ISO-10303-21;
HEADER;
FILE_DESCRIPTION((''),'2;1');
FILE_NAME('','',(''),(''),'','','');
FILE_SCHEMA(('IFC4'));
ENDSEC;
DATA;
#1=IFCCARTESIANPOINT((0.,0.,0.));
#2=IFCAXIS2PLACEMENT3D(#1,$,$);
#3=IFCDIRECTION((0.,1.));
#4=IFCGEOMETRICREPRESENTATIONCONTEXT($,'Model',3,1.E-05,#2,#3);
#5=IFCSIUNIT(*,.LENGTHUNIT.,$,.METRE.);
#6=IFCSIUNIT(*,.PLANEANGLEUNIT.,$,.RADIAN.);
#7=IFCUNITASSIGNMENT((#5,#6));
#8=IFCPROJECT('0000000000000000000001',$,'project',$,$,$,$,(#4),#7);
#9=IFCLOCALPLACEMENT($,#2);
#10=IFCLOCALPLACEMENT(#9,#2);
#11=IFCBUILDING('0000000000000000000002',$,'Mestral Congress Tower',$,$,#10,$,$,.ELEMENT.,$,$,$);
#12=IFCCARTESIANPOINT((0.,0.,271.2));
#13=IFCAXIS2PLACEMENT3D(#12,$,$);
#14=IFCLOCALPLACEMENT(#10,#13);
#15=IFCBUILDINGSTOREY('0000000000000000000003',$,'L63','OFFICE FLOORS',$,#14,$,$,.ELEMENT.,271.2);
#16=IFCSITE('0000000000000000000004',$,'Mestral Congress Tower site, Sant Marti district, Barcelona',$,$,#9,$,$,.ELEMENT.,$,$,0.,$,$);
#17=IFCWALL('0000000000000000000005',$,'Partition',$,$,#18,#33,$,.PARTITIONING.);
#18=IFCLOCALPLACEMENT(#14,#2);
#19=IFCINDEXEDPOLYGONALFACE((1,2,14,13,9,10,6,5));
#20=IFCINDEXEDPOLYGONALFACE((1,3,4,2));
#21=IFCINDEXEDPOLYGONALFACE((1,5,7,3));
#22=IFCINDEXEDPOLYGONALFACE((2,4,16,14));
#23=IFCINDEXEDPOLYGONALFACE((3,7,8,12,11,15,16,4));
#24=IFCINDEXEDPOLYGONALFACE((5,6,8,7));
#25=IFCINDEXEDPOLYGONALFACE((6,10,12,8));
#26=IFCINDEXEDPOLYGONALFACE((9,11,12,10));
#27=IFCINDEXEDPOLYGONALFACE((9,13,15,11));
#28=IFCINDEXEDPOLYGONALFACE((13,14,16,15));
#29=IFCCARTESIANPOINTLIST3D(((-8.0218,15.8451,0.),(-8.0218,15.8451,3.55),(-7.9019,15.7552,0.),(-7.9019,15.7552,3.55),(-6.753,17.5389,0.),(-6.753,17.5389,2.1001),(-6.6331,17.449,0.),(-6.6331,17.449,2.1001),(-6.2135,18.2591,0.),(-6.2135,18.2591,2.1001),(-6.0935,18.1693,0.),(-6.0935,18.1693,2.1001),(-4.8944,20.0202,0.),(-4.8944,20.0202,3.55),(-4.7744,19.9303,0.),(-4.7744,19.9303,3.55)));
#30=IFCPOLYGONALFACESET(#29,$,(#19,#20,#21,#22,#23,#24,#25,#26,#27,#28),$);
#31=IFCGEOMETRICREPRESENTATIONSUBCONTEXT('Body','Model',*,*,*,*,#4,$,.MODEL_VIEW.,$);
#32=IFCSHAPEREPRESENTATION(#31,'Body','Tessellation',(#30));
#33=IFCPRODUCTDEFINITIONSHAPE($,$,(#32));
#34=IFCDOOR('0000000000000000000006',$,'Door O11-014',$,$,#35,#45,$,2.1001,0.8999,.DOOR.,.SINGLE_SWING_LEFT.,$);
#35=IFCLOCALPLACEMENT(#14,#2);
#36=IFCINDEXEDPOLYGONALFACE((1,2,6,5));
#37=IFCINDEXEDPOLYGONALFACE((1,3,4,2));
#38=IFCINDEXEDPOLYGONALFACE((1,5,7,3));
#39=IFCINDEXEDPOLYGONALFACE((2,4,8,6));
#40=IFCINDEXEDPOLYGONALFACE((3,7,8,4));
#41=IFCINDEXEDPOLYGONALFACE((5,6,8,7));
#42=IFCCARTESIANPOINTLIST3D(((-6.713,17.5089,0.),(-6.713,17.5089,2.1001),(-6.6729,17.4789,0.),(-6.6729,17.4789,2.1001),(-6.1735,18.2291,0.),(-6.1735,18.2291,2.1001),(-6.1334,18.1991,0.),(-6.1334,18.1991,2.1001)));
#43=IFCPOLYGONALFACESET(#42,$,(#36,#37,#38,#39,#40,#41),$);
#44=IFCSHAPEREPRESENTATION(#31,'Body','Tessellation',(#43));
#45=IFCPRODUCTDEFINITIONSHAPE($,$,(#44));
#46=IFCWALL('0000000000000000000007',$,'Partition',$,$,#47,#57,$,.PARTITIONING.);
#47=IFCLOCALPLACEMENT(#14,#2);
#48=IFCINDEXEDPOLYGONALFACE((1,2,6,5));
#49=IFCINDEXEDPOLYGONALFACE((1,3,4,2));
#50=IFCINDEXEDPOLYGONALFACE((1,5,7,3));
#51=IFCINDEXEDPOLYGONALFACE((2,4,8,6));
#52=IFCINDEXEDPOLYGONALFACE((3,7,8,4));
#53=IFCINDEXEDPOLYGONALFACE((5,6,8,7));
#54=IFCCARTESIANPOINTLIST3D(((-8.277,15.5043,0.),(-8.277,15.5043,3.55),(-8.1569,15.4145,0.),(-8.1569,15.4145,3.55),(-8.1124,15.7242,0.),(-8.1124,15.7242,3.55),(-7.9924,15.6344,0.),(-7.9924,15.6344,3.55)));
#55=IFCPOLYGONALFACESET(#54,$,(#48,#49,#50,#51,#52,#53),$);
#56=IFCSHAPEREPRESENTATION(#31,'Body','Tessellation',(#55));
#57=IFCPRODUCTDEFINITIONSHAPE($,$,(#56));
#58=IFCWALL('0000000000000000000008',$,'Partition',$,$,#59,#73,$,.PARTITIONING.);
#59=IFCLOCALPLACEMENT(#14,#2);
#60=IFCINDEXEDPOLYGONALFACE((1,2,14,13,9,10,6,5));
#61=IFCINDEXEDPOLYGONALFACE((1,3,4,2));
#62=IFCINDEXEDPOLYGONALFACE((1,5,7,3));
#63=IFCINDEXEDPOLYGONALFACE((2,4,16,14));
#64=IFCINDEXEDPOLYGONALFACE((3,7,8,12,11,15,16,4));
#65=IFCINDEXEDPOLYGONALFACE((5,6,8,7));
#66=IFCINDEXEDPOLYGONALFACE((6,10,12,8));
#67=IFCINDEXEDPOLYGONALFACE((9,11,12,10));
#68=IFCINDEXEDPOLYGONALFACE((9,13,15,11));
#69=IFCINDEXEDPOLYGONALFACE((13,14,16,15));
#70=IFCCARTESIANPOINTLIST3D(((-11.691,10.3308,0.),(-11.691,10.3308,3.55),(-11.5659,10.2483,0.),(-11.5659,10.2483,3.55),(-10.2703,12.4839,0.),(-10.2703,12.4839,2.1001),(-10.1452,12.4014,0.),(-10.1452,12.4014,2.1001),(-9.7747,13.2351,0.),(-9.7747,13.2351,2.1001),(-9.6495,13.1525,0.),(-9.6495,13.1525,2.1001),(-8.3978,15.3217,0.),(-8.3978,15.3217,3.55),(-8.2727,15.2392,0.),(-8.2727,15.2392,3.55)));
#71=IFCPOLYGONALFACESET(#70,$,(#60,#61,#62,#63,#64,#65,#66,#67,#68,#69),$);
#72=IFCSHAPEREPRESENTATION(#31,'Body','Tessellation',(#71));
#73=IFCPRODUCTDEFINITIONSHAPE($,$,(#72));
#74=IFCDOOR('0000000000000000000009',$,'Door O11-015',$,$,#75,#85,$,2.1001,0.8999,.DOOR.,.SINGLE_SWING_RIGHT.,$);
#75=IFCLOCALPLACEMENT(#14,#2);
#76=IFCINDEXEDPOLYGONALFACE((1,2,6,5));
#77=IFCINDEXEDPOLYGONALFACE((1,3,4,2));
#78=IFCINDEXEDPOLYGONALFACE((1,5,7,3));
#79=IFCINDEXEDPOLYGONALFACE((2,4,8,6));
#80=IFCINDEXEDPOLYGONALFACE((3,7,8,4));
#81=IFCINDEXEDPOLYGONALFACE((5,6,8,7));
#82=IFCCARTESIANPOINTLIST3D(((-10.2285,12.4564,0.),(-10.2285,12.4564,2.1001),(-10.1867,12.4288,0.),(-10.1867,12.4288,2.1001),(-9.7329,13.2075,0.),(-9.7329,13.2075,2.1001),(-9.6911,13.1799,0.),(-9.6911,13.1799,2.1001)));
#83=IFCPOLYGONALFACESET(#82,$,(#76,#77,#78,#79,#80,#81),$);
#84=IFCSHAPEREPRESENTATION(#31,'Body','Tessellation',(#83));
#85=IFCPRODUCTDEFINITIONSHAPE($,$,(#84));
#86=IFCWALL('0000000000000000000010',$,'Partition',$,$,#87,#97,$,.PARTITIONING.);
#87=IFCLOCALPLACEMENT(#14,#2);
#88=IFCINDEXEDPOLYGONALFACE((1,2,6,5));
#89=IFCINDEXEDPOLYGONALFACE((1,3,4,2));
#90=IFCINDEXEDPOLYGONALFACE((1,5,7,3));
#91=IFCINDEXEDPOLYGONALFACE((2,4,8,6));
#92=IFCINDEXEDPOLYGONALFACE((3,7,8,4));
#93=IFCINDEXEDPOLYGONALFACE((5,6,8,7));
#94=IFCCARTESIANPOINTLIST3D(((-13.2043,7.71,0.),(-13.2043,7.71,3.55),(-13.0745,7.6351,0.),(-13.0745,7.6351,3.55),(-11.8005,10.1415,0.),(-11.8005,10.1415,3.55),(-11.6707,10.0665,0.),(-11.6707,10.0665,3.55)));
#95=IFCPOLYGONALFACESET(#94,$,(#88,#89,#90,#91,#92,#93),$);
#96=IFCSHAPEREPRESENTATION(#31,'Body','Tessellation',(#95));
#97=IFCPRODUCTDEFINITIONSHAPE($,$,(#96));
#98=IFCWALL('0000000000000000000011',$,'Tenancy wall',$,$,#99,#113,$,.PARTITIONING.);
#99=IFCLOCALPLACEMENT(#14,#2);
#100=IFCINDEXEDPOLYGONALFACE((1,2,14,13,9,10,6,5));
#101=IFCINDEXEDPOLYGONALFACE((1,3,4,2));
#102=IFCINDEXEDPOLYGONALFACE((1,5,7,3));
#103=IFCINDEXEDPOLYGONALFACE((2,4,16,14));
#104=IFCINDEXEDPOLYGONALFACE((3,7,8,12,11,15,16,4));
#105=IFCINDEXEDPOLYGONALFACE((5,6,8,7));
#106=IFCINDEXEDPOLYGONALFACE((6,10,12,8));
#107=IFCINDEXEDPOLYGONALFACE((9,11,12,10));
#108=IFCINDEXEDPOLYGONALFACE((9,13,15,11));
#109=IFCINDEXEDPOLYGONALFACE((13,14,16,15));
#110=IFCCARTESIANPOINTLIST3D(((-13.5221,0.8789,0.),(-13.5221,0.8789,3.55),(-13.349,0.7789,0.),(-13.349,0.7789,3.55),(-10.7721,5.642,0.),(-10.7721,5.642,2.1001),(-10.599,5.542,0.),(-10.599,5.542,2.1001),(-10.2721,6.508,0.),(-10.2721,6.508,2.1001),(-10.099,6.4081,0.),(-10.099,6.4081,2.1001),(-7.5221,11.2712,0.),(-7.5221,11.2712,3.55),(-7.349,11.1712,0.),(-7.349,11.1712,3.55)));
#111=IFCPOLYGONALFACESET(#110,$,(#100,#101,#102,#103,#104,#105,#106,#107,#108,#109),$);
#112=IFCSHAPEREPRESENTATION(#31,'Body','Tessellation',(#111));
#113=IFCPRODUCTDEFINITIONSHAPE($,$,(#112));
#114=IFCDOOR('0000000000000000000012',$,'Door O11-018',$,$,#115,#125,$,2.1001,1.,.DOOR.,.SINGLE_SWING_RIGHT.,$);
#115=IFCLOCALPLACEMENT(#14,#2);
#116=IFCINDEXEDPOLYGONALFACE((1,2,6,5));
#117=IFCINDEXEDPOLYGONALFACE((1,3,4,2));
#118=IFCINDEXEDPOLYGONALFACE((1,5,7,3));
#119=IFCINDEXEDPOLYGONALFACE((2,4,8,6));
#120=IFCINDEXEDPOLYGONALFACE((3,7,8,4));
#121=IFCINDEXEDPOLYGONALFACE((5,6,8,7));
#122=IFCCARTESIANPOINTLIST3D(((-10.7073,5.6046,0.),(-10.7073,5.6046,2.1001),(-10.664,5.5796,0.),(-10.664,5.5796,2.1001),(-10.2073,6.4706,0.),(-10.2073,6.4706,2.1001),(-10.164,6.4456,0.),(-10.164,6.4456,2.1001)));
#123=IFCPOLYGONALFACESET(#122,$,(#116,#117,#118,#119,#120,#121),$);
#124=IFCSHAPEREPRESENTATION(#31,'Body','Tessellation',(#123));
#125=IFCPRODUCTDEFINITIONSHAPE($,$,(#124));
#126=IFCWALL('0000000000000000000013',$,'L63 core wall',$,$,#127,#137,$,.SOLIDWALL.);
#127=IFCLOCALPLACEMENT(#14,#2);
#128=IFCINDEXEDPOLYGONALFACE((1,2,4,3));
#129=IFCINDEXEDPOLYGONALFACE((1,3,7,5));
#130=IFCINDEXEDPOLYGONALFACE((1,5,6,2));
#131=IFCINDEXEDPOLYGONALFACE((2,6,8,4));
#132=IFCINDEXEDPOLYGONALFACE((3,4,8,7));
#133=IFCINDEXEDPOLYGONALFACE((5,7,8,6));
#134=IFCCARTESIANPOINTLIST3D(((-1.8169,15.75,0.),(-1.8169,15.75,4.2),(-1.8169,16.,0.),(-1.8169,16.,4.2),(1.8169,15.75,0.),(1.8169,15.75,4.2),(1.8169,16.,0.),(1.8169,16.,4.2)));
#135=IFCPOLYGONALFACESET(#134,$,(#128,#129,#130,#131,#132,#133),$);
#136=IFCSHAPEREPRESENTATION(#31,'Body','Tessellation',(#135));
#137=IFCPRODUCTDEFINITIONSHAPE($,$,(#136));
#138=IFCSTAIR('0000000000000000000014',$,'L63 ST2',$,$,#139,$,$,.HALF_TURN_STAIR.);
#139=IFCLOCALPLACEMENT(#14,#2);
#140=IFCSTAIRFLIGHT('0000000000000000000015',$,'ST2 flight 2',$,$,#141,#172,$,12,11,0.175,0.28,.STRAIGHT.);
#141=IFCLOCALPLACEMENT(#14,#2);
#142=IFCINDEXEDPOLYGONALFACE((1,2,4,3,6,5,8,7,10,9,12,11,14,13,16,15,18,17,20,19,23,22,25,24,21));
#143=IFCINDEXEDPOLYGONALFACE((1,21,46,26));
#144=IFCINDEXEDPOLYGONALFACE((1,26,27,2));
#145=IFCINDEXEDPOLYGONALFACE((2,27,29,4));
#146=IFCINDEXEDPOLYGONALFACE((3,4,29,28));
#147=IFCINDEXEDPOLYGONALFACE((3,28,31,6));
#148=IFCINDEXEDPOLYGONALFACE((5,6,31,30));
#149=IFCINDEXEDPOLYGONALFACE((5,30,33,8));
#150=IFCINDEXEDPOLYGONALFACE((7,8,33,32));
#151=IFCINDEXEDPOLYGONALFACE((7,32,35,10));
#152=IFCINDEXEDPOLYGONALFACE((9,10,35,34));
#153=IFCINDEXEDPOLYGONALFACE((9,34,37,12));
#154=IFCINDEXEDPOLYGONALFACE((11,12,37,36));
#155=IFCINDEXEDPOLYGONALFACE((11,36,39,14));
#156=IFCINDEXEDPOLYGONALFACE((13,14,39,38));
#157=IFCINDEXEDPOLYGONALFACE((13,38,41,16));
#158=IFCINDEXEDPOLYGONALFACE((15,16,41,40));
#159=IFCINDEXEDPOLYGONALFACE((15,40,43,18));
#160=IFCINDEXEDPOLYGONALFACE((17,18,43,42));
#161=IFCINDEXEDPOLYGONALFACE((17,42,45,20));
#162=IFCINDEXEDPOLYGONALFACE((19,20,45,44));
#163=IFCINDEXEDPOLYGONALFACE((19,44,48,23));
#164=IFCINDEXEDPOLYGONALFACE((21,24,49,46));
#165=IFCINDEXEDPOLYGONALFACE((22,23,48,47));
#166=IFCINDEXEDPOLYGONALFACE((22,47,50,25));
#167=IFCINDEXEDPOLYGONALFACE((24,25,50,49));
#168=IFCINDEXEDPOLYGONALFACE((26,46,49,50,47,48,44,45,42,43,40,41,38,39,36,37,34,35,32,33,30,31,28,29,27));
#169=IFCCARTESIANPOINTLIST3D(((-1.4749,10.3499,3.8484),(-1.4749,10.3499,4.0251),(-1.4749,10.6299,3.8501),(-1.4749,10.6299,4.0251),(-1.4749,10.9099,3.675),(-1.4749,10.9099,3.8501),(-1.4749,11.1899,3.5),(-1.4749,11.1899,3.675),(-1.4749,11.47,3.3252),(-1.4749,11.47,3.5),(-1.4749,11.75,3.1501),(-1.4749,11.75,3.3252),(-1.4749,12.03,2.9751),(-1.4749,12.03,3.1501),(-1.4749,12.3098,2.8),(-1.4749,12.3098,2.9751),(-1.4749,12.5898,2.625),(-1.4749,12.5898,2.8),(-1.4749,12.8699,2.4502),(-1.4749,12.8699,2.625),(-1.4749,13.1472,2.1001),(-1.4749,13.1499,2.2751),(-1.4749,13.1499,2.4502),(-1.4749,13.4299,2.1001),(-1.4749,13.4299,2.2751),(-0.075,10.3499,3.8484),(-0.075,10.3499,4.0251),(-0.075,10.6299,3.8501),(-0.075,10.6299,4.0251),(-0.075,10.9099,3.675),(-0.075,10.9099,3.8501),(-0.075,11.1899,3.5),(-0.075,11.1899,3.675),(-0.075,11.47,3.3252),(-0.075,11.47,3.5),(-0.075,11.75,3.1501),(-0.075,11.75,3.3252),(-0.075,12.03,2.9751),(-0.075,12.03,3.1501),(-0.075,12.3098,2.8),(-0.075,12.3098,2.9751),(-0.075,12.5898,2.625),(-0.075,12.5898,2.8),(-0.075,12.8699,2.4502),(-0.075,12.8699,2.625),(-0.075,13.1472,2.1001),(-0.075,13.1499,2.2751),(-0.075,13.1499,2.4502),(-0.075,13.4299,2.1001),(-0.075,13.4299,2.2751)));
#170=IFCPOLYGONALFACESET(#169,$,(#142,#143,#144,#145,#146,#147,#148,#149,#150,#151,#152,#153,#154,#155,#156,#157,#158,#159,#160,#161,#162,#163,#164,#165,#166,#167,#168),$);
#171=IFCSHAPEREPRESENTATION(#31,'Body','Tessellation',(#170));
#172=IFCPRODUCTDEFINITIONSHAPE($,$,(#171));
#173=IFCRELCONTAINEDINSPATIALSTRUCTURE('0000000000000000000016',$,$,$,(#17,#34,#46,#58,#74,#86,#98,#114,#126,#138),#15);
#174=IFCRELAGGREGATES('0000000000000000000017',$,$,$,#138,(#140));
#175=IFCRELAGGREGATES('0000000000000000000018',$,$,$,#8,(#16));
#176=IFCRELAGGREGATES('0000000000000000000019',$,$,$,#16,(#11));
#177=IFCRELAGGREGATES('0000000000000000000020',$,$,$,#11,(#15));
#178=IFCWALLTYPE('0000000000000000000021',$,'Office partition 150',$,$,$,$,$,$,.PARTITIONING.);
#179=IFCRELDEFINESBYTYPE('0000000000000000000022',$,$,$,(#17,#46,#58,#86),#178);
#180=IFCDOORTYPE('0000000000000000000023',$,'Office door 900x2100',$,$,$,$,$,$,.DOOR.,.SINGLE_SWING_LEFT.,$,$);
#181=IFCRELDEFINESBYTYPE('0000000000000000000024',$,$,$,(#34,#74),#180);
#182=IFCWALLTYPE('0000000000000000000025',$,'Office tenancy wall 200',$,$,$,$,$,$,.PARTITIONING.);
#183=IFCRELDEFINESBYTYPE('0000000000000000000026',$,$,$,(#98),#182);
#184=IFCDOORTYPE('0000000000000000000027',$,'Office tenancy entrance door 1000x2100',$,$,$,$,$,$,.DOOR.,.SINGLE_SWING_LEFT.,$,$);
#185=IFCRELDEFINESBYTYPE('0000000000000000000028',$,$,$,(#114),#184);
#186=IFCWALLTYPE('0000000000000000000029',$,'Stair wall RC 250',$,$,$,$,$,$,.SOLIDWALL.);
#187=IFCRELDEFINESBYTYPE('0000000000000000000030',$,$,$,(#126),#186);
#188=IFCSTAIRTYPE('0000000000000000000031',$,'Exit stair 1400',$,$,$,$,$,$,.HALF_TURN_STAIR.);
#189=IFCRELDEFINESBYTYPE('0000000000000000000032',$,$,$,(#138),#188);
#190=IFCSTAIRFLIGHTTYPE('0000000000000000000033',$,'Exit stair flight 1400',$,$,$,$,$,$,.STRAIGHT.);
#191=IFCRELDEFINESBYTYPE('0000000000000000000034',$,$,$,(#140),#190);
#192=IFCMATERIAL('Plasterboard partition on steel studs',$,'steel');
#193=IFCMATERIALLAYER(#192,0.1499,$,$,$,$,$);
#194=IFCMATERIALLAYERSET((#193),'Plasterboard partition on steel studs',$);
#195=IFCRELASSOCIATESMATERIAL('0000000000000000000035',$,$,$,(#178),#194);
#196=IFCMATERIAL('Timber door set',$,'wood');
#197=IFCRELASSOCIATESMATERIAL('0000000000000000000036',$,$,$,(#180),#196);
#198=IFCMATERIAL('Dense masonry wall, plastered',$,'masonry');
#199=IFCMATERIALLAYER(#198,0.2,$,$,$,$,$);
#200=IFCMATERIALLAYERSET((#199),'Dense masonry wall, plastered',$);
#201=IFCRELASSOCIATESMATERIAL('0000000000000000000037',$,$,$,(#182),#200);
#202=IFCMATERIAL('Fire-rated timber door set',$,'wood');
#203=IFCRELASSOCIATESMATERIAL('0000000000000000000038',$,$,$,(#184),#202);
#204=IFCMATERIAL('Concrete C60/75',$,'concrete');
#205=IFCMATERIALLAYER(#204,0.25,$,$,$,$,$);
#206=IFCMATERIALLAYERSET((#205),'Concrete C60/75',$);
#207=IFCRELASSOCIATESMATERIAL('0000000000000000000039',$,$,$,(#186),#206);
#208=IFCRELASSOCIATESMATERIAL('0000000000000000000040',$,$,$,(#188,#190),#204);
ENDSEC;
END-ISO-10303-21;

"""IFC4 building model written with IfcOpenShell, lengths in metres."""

from ifc_helpers import new_model, si_unit, direction, frame, frame_2d, origin, place, context, subcontext, project, spatial, polyline, rectangle, outline, extrude, material, layer, layer_set, type_object, element, fill, aggregate, save


model = new_model("IFC4")

# Units and contexts
model_context = context("Model", 3, precision=1e-05, world=origin(), true_north=direction((0.0, 1.0)))
body_context = subcontext(model_context, "Body", "Model", "MODEL_VIEW")
ifc_project = project(units=[si_unit("LENGTHUNIT", "METRE"), si_unit("PLANEANGLEUNIT", "RADIAN")], contexts=[model_context])

# Site, building, storey
site_placement = place(None, origin())
site = spatial("IfcSite", under=ifc_project, at=site_placement, Name="Mestral Congress Tower site, Sant Marti district, Barcelona", CompositionType="ELEMENT", RefElevation=0.0)
building_placement = place(site_placement, origin())
building = spatial("IfcBuilding", under=site, at=building_placement, Name="Mestral Congress Tower", CompositionType="ELEMENT")
storey_placement = place(building_placement, frame((0.0, 0.0, 271.2)))
storey = spatial("IfcBuildingStorey", under=building, at=storey_placement, Name="L63", Description="OFFICE FLOORS", CompositionType="ELEMENT", Elevation=271.2)

# Shared definitions
ifc_material_1 = material(Name="Concrete C60/75", Category="concrete")

# Shared definitions
ifc_material_2 = material(Name="Plasterboard partition on steel studs", Category="steel")
ifc_layer_1 = layer(ifc_material_2, 0.1499)
ifc_layer_set_1 = layer_set([ifc_layer_1], Name="Plasterboard partition on steel studs")
wall_type_1 = type_object("IfcWallType", Name="Office partition 150", PredefinedType="PARTITIONING", material=ifc_layer_set_1)

# Wall, opening, door
wall_1_placement = place(storey_placement, frame((-7.9619, 15.8, 0.0), z_axis=(0.0, 0.0, 1.0), x_axis=(0.599528, 0.800354, 0.0)))
wall_1 = element("IfcWall", 1, at=wall_1_placement, inside=storey, type_object=wall_type_1, Name="Partition", PredefinedType="PARTITIONING", context=body_context, shape_type="SweptSolid", body=[
    extrude(rectangle(XDim=5.2166, YDim=0.1499, at=frame_2d((2.6084, 0.0))), origin(), (0.0, 0.0, 1.0), 3.55),
])
opening_1_placement = place(wall_1_placement, frame((2.1165, 0.0, 0.0)))
opening_1 = element("IfcOpeningElement", 2, at=opening_1_placement, cuts=wall_1, PredefinedType="OPENING", context=body_context, shape_type="SweptSolid", body=[
    extrude(rectangle(XDim=0.8999, YDim=2.1001, at=frame_2d((0.45, 1.05))), frame((0.0, 0.085, 0.0), z_axis=(0.0, -1.0, 0.0), x_axis=(1.0, 0.0, 0.0)), (0.0, 0.0, 1.0), 0.1699),
])
ifc_material_3 = material(Name="Timber door set", Category="wood")
door_type_1 = type_object("IfcDoorType", Name="Office door 900x2100", OperationType="SINGLE_SWING_LEFT", PredefinedType="DOOR", material=ifc_material_3)
door_1_placement = place(opening_1_placement, origin())
door_1 = element("IfcDoor", 3, at=door_1_placement, inside=storey, type_object=door_type_1, Name="Door O11-014", OperationType="SINGLE_SWING_LEFT", OverallHeight=2.1001, OverallWidth=0.8999, PredefinedType="DOOR", context=body_context, shape_type="SweptSolid", body=[
    extrude(rectangle(XDim=0.8999, YDim=2.1001, at=frame_2d((0.45, 1.05))), frame((0.0, 0.0249, 0.0), z_axis=(0.0, -1.0, 0.0), x_axis=(1.0, 0.0, 0.0)), (0.0, 0.0, 1.0), 0.05),
])
fill(opening_1, door_1)

# Wall
wall_2_placement = place(storey_placement, frame((-8.0525, 15.6792, 0.0), z_axis=(0.0, 0.0, 1.0), x_axis=(-0.599004, -0.800746, 0.0)))
element("IfcWall", 4, at=wall_2_placement, inside=storey, type_object=wall_type_1, Name="Partition", PredefinedType="PARTITIONING", context=body_context, shape_type="SweptSolid", body=[
    extrude(rectangle(XDim=0.2747, YDim=0.1499, at=frame_2d((0.1372, 0.0))), origin(), (0.0, 0.0, 1.0), 3.55),
])

# Wall, opening, door
wall_3_placement = place(storey_placement, frame((-11.6284, 10.2896, 0.0), z_axis=(0.0, 0.0, 1.0), x_axis=(0.550746, 0.834673, 0.0)))
wall_3 = element("IfcWall", 5, at=wall_3_placement, inside=storey, type_object=wall_type_1, Name="Partition", PredefinedType="PARTITIONING", context=body_context, shape_type="SweptSolid", body=[
    extrude(rectangle(XDim=5.9795, YDim=0.1499, at=frame_2d((2.9897, 0.0))), origin(), (0.0, 0.0, 1.0), 3.55),
])
opening_2_placement = place(wall_3_placement, frame((2.5796, 0.0, 0.0)))
opening_2 = element("IfcOpeningElement", 6, at=opening_2_placement, cuts=wall_3, PredefinedType="OPENING", context=body_context, shape_type="SweptSolid", body=[
    extrude(rectangle(XDim=0.8999, YDim=2.1001, at=frame_2d((0.45, 1.05))), frame((0.0, 0.085, 0.0), z_axis=(0.0, -1.0, 0.0), x_axis=(1.0, 0.0, 0.0)), (0.0, 0.0, 1.0), 0.1699),
])
door_2_placement = place(opening_2_placement, origin())
door_2 = element("IfcDoor", 7, at=door_2_placement, inside=storey, type_object=door_type_1, Name="Door O11-015", OperationType="SINGLE_SWING_RIGHT", OverallHeight=2.1001, OverallWidth=0.8999, PredefinedType="DOOR", context=body_context, shape_type="SweptSolid", body=[
    extrude(rectangle(XDim=0.8999, YDim=2.1001, at=frame_2d((0.45, 1.05))), frame((0.0, 0.0249, 0.0), z_axis=(0.0, -1.0, 0.0), x_axis=(1.0, 0.0, 0.0)), (0.0, 0.0, 1.0), 0.05),
])
fill(opening_2, door_2)

# Wall
wall_4_placement = place(storey_placement, frame((-11.7356, 10.104, 0.0), z_axis=(0.0, 0.0, 1.0), x_axis=(-0.500011, -0.866019, 0.0)))
element("IfcWall", 8, at=wall_4_placement, inside=storey, type_object=wall_type_1, Name="Partition", PredefinedType="PARTITIONING", context=body_context, shape_type="SweptSolid", body=[
    extrude(rectangle(XDim=2.8076, YDim=0.1499, at=frame_2d((1.4038, 0.0))), origin(), (0.0, 0.0, 1.0), 3.55),
])

# Wall, opening, door
ifc_material_4 = material(Name="Dense masonry wall, plastered", Category="masonry")
ifc_layer_2 = layer(ifc_material_4, 0.2)
ifc_layer_set_2 = layer_set([ifc_layer_2], Name="Dense masonry wall, plastered")
wall_type_2 = type_object("IfcWallType", Name="Office tenancy wall 200", PredefinedType="PARTITIONING", material=ifc_layer_set_2)
wall_5_placement = place(storey_placement, frame((-7.4355, 11.2212, 0.0), z_axis=(0.0, 0.0, 1.0), x_axis=(-0.499999, -0.866026, 0.0)))
wall_5 = element("IfcWall", 9, at=wall_5_placement, inside=storey, type_object=wall_type_2, Name="Tenancy wall", PredefinedType="PARTITIONING", context=body_context, shape_type="SweptSolid", body=[
    extrude(rectangle(XDim=12.0, YDim=0.2, at=frame_2d((6.0, 0.0))), origin(), (0.0, 0.0, 1.0), 3.55),
])
opening_3_placement = place(wall_5_placement, frame((5.5, 0.0, 0.0)))
opening_3 = element("IfcOpeningElement", 10, at=opening_3_placement, cuts=wall_5, PredefinedType="OPENING", context=body_context, shape_type="SweptSolid", body=[
    extrude(rectangle(XDim=1.0, YDim=2.1001, at=frame_2d((0.5, 1.05))), frame((0.0, 0.1099, 0.0), z_axis=(0.0, -1.0, 0.0), x_axis=(1.0, 0.0, 0.0)), (0.0, 0.0, 1.0), 0.22),
])
ifc_material_5 = material(Name="Fire-rated timber door set", Category="wood")
door_type_2 = type_object("IfcDoorType", Name="Office tenancy entrance door 1000x2100", OperationType="SINGLE_SWING_LEFT", PredefinedType="DOOR", material=ifc_material_5)
door_3_placement = place(opening_3_placement, origin())
door_3 = element("IfcDoor", 11, at=door_3_placement, inside=storey, type_object=door_type_2, Name="Door O11-018", OperationType="SINGLE_SWING_RIGHT", OverallHeight=2.1001, OverallWidth=1.0, PredefinedType="DOOR", context=body_context, shape_type="SweptSolid", body=[
    extrude(rectangle(XDim=1.0, YDim=2.1001, at=frame_2d((0.5, 1.05))), frame((0.0, 0.0249, 0.0), z_axis=(0.0, -1.0, 0.0), x_axis=(1.0, 0.0, 0.0)), (0.0, 0.0, 1.0), 0.05),
])
fill(opening_3, door_3)

# Wall
ifc_layer_3 = layer(ifc_material_1, 0.25)
ifc_layer_set_3 = layer_set([ifc_layer_3], Name="Concrete C60/75")
wall_type_3 = type_object("IfcWallType", Name="Stair wall RC 250", PredefinedType="SOLIDWALL", material=ifc_layer_set_3)
wall_6_placement = place(storey_placement, frame((-1.8169, 15.875, 0.0), z_axis=(0.0, 0.0, 1.0), x_axis=(1.0, 0.0, 0.0)))
element("IfcWall", 12, at=wall_6_placement, inside=storey, type_object=wall_type_3, Name="L63 core wall", PredefinedType="SOLIDWALL", context=body_context, shape_type="SweptSolid", body=[
    extrude(rectangle(XDim=3.6338, YDim=0.25, at=frame_2d((1.8169, 0.0))), origin(), (0.0, 0.0, 1.0), 4.2),
])

# Stair, stair flight
stair_type = type_object("IfcStairType", Name="Exit stair 1400", PredefinedType="HALF_TURN_STAIR", material=ifc_material_1)
stair_placement = place(storey_placement, origin())
stair = element("IfcStair", 13, at=stair_placement, inside=storey, type_object=stair_type, Name="L63 ST2", PredefinedType="HALF_TURN_STAIR")
stair_flight_type = type_object("IfcStairFlightType", Name="Exit stair flight 1400", PredefinedType="STRAIGHT", material=ifc_material_1)
stair_flight_placement = place(storey_placement, frame((-0.7749, 13.4299, 2.1001), z_axis=(0.0, 0.0, 1.0), x_axis=(0.0, -1.0, 0.0)))
stair_flight = element("IfcStairFlight", 14, at=stair_flight_placement, type_object=stair_flight_type, Name="ST2 flight 2", NumberOfRisers=12, NumberOfTreads=11, PredefinedType="STRAIGHT", RiserHeight=0.175, TreadLength=0.28, context=body_context, shape_type="SweptSolid", body=[
    extrude(outline(polyline([(0.0, 0.0), (0.0, 0.175), (0.28, 0.175), (0.28, 0.3501), (0.5601, 0.3501), (0.5601, 0.5249), (0.8401, 0.5249), (0.8401, 0.7), (1.1201, 0.7), (1.1201, 0.875), (1.3999, 0.875), (1.3999, 1.05), (1.6799, 1.05), (1.6799, 1.2251), (1.96, 1.2251), (1.96, 1.3999), (2.24, 1.3999), (2.24, 1.575), (2.52, 1.575), (2.52, 1.75), (2.8, 1.75), (2.8, 1.925), (3.0801, 1.925), (3.0801, 2.1001), (3.0801, 1.7483), (0.2827, 0.0), (0.0, 0.0)])), frame((0.0, 0.7, 0.0), z_axis=(0.0, -1.0, 0.0), x_axis=(1.0, 0.0, 0.0)), (0.0, 0.0, 1.0), 1.3999),
])
aggregate(stair, [stair_flight])

save(model, "model.ifc")
